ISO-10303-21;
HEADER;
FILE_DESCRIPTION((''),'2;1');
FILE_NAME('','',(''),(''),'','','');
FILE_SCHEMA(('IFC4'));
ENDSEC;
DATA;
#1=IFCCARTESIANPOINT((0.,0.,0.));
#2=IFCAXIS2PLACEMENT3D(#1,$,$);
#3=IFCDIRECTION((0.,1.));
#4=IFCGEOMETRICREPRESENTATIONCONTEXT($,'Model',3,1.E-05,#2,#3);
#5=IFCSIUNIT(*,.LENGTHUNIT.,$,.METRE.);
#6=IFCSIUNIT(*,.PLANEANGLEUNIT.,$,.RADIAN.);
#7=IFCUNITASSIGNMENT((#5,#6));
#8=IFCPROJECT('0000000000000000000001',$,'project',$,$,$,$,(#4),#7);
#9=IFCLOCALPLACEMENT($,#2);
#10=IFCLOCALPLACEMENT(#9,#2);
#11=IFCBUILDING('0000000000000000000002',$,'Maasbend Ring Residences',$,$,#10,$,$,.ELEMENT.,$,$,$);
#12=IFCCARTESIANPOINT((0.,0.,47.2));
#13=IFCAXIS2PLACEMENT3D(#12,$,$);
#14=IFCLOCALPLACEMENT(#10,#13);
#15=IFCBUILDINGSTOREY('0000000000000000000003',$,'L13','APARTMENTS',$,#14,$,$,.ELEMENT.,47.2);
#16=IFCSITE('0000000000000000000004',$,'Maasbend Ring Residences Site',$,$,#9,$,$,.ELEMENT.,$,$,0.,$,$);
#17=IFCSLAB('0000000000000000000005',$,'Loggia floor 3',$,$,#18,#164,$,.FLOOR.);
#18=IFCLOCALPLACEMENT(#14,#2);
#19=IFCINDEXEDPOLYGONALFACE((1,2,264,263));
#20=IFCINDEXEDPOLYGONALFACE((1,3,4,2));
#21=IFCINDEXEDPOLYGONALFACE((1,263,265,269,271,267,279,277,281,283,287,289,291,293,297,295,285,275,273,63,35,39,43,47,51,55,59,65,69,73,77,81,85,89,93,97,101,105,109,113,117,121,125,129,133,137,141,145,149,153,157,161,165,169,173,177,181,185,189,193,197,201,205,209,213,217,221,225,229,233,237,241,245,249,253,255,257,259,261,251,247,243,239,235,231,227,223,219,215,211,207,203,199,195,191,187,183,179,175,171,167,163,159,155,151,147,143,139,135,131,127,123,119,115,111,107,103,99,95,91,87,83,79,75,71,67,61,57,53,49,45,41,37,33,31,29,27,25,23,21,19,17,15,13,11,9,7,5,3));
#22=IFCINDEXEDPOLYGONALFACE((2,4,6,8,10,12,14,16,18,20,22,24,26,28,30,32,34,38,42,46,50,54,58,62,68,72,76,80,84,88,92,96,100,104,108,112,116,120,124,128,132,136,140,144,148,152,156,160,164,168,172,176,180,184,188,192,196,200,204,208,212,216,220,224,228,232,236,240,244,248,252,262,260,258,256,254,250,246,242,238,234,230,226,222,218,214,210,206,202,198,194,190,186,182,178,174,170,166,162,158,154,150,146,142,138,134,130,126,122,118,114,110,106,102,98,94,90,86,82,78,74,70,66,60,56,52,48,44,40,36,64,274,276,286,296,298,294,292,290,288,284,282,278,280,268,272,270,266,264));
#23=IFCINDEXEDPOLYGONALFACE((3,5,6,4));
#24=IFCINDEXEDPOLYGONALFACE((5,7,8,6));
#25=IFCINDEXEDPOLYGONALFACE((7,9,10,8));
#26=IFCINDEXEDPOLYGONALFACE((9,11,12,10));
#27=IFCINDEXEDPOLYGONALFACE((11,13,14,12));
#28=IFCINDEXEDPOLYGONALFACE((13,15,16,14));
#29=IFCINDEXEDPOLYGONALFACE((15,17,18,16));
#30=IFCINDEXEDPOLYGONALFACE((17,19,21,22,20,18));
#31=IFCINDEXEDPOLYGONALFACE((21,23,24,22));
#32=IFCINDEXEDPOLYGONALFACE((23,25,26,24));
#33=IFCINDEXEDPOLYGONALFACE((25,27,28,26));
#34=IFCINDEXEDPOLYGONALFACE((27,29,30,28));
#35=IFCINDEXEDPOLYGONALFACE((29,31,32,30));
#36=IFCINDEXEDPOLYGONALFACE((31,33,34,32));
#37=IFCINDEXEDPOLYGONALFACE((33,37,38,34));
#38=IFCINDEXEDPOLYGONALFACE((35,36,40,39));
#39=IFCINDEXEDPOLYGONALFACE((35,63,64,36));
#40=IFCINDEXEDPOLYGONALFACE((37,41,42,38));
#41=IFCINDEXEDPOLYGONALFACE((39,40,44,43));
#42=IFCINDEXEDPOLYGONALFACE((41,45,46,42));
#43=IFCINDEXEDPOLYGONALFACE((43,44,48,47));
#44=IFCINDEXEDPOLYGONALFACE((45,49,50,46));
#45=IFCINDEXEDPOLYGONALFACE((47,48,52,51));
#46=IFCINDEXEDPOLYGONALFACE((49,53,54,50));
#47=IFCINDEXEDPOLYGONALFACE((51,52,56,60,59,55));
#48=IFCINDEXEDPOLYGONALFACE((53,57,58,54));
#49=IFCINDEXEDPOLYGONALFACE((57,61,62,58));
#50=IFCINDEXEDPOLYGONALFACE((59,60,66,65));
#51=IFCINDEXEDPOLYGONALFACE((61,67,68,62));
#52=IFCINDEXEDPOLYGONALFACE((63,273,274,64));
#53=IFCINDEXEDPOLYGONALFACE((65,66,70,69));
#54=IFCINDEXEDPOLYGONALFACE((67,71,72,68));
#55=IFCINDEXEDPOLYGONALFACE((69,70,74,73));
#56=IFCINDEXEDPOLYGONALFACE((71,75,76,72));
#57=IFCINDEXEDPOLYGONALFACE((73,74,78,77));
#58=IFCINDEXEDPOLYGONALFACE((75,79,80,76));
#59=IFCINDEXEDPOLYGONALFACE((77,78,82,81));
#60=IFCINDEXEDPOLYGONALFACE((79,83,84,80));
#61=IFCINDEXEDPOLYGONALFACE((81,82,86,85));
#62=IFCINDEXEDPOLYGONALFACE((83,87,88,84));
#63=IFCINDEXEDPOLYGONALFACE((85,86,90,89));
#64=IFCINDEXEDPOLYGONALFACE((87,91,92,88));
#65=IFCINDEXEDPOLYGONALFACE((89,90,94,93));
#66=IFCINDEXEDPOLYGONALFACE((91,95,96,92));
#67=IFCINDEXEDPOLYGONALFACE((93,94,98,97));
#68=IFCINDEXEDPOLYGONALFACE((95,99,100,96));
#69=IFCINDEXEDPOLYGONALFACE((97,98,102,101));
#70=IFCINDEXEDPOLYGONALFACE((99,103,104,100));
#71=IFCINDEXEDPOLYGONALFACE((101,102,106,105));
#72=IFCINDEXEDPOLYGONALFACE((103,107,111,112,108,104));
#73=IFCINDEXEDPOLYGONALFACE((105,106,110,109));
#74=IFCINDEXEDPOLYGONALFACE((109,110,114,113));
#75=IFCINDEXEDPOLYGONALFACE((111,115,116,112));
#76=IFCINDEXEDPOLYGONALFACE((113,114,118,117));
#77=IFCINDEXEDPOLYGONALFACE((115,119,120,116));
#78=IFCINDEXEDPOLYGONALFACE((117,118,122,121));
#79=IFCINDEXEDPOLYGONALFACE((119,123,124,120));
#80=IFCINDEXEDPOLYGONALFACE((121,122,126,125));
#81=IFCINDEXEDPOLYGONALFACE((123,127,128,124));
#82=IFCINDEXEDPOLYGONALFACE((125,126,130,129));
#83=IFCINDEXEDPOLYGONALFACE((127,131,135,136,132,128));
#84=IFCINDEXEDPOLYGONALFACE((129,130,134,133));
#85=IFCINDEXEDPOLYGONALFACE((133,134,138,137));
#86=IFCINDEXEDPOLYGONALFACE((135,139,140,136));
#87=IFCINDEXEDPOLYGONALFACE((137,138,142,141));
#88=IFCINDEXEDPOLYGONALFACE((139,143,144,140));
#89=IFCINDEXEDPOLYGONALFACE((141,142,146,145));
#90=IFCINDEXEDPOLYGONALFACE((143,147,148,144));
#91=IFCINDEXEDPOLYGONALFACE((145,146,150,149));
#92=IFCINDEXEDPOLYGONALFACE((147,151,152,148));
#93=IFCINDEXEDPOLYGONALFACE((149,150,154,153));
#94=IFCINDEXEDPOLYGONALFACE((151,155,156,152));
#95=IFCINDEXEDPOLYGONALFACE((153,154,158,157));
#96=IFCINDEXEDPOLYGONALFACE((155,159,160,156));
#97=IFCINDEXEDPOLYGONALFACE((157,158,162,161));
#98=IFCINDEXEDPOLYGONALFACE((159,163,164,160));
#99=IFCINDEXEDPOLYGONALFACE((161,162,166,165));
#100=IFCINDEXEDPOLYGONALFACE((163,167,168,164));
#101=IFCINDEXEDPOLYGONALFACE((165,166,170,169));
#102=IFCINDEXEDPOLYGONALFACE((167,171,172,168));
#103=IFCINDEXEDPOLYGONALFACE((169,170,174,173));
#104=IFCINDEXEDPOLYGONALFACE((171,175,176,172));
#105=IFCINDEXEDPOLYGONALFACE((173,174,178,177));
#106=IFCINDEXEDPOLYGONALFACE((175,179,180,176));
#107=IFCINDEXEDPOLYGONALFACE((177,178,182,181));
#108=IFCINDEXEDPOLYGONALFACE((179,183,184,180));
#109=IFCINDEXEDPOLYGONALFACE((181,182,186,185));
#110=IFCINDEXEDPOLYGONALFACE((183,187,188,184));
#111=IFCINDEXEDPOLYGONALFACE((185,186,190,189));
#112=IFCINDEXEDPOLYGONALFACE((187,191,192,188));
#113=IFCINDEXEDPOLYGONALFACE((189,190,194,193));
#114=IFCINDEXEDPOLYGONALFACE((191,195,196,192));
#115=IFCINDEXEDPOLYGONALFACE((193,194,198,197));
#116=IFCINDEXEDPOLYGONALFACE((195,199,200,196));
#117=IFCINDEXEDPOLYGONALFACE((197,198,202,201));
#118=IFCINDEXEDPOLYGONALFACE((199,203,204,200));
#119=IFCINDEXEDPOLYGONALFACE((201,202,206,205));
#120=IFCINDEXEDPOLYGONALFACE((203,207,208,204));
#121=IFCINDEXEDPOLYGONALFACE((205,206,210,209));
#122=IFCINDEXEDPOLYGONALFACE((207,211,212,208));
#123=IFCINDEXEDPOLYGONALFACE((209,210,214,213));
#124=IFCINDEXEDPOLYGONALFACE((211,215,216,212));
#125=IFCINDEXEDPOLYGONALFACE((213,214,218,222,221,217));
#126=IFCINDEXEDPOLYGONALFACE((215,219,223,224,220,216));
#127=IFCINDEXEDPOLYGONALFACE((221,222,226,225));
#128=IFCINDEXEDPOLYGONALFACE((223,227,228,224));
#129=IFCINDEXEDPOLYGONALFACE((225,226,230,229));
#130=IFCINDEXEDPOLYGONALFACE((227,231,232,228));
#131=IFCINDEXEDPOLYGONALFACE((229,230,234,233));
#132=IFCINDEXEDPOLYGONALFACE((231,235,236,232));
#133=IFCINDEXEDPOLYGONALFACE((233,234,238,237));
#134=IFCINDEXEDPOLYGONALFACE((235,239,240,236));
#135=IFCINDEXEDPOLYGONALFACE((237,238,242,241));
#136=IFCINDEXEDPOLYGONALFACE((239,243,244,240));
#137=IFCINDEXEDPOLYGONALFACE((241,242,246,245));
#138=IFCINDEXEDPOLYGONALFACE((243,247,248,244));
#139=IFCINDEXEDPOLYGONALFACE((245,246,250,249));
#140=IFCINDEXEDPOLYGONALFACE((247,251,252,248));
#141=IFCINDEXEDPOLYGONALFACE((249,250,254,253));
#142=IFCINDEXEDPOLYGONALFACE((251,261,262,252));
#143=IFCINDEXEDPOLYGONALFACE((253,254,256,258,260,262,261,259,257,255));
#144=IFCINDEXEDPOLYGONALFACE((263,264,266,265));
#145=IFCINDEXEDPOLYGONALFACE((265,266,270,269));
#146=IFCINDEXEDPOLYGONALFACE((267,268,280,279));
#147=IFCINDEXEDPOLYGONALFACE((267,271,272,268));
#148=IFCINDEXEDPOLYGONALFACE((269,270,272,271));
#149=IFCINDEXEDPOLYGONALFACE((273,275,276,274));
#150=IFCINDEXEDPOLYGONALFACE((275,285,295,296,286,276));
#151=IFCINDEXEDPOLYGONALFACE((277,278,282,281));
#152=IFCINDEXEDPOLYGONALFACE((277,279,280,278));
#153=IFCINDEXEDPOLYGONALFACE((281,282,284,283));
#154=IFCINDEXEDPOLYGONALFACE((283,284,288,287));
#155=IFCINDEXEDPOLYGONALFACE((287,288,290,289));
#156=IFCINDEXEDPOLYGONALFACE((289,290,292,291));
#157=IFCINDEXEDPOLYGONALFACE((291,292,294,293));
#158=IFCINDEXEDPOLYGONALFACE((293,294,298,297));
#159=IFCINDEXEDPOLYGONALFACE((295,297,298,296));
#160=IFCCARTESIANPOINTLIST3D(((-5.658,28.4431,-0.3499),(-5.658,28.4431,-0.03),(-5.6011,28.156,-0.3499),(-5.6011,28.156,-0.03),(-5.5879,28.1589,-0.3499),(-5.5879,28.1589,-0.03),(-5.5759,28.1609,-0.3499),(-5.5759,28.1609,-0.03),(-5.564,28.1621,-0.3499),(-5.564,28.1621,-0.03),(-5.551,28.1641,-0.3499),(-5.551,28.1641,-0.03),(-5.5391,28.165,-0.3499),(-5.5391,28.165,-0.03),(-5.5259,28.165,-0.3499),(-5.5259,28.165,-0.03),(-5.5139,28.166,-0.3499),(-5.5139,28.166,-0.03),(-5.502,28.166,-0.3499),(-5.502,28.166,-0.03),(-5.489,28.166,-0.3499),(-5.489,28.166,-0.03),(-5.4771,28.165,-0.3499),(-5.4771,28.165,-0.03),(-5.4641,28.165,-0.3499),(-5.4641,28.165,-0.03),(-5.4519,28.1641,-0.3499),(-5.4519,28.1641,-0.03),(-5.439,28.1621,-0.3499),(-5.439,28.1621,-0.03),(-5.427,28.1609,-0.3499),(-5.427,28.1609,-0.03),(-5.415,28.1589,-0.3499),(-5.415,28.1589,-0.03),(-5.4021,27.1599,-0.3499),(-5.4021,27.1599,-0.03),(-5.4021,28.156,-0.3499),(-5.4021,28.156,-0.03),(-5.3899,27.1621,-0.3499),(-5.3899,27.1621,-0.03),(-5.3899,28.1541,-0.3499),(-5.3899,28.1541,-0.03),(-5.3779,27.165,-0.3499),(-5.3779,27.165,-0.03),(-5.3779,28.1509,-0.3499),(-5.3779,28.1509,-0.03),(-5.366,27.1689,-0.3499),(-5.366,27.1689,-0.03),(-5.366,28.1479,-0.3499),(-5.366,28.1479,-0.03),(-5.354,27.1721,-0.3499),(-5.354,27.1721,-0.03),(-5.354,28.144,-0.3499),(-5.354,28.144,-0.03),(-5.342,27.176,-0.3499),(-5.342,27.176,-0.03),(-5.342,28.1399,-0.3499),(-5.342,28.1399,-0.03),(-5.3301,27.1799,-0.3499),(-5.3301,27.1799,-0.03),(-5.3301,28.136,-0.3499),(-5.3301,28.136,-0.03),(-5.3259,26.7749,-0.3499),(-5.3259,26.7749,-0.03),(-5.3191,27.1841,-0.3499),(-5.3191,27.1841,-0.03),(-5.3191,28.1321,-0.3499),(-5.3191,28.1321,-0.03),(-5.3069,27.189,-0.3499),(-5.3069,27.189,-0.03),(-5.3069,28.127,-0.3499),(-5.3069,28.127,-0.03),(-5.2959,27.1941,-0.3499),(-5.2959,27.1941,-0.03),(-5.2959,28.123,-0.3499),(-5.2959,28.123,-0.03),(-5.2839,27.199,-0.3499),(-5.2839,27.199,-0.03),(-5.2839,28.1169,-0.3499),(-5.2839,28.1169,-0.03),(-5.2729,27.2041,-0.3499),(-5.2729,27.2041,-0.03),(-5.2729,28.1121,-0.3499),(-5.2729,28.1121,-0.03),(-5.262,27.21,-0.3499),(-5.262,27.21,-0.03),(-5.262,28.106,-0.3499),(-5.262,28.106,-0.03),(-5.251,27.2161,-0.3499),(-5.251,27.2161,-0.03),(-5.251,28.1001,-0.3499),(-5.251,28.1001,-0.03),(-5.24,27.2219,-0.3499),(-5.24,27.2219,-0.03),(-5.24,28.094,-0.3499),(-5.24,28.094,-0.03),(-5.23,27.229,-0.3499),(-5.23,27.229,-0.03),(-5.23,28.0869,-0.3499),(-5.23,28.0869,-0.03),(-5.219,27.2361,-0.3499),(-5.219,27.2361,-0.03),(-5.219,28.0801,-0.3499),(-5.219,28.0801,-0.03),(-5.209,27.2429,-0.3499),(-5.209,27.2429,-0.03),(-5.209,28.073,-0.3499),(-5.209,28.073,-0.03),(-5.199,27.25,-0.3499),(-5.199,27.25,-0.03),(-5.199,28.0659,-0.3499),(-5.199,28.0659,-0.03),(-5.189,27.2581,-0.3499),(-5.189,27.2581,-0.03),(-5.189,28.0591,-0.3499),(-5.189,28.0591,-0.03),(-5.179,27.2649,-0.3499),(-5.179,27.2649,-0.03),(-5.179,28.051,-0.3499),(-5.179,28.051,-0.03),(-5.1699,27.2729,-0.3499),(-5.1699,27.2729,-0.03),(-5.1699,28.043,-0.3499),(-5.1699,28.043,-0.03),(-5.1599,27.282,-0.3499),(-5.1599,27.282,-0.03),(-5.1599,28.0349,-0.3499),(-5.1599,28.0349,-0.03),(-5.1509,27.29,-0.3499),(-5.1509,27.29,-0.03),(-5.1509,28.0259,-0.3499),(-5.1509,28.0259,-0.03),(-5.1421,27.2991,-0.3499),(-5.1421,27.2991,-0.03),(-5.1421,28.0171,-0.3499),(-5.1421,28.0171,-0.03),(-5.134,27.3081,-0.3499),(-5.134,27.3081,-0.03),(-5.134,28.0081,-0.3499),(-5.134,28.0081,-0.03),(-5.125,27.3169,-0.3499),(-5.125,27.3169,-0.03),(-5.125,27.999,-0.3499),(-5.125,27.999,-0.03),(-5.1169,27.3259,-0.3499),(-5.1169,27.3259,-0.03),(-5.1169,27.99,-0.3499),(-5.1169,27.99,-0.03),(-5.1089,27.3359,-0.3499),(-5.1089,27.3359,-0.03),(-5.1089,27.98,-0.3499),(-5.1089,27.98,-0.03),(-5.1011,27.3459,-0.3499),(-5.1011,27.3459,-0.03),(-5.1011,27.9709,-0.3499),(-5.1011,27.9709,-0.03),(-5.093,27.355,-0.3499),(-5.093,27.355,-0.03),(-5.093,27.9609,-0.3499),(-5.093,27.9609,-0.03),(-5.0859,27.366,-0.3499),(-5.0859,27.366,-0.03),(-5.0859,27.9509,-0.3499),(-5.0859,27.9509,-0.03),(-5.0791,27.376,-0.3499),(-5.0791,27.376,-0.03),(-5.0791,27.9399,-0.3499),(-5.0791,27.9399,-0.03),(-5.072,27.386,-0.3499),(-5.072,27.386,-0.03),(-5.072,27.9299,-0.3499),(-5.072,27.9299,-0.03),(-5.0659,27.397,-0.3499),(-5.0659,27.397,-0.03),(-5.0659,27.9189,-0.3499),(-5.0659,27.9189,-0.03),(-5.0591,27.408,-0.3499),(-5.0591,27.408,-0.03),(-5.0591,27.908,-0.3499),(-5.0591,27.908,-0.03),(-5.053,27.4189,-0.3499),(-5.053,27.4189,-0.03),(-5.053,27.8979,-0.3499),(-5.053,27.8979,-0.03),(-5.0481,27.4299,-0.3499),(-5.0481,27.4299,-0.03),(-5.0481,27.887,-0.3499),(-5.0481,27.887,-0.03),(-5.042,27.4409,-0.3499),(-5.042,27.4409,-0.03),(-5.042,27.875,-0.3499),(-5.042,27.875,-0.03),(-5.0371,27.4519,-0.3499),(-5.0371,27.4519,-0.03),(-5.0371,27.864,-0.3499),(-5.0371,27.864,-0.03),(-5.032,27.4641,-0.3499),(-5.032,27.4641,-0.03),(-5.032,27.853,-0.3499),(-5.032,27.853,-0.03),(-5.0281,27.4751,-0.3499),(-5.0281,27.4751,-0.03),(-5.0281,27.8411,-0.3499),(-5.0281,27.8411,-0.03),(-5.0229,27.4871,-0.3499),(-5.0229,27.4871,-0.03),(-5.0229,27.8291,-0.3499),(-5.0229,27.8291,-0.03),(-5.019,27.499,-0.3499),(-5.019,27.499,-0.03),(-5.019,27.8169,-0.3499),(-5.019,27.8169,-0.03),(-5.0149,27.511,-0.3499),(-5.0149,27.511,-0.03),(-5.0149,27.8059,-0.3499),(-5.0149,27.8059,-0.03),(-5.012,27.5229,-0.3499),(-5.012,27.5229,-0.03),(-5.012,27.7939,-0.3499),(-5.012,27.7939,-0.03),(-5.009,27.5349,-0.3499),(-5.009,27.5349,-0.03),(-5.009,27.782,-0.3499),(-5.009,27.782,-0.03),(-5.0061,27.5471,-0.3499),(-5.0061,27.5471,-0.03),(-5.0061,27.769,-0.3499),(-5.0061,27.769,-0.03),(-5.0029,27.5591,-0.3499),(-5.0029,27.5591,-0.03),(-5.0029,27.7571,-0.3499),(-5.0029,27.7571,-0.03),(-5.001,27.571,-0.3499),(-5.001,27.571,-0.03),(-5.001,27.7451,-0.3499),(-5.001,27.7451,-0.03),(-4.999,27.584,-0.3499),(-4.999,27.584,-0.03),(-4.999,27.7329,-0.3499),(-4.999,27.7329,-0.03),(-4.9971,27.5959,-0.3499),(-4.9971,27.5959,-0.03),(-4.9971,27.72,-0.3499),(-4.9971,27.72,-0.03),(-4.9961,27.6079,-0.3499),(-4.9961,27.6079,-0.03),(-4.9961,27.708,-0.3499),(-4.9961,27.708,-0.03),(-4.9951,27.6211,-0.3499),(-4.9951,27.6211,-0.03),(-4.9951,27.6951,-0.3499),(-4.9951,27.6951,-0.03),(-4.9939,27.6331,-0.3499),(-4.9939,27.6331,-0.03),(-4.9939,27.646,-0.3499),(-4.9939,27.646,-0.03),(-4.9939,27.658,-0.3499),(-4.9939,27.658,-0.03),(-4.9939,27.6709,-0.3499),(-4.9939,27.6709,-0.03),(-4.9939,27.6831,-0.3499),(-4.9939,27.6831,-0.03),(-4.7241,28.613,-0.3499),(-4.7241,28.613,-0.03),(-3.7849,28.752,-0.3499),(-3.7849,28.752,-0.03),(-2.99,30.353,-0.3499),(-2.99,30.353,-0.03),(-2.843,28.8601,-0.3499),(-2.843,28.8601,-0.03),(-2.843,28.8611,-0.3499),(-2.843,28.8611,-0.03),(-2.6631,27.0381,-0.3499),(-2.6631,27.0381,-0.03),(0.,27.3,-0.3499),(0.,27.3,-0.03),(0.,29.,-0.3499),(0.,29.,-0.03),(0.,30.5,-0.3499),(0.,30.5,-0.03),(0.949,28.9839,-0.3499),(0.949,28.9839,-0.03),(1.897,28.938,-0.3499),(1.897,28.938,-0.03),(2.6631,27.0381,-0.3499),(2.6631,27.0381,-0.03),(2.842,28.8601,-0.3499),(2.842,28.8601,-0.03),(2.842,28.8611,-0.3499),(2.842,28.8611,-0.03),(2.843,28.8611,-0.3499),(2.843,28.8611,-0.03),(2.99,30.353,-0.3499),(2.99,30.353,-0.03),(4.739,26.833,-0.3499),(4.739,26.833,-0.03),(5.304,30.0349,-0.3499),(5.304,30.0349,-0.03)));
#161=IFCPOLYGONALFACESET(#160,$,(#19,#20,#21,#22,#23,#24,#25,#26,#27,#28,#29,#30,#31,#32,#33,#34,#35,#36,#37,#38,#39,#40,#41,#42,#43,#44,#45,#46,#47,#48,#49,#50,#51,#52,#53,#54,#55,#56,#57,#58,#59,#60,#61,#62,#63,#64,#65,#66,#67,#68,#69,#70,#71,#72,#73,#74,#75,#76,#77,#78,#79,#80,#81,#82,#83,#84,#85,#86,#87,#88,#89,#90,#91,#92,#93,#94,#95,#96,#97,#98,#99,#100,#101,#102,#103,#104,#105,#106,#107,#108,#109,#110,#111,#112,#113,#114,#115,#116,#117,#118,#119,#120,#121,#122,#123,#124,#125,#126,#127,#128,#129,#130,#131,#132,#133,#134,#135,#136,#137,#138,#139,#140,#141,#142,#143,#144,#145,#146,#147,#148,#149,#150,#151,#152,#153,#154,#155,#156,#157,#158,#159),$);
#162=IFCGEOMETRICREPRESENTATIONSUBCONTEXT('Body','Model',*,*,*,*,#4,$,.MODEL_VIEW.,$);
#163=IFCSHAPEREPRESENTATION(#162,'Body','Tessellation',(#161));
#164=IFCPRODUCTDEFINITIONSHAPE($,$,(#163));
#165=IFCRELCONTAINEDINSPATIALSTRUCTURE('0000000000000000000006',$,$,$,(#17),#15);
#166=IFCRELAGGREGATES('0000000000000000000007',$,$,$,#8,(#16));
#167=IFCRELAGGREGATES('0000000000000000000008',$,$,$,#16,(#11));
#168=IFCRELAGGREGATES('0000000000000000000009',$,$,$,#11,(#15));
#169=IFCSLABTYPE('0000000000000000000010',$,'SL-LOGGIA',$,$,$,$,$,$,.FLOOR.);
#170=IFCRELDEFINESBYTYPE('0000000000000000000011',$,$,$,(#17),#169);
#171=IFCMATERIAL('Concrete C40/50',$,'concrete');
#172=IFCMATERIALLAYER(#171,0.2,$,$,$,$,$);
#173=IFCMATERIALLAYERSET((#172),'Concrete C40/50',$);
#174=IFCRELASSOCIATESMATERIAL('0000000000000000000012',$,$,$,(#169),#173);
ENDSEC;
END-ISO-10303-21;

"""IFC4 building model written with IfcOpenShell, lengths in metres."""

from ifc_helpers import new_model, si_unit, direction, frame, origin, place, context, subcontext, project, spatial, polyline, outline, extrude, material, layer, layer_set, type_object, element, save


model = new_model("IFC4")

# Units and contexts
model_context = context("Model", 3, precision=1e-05, world=origin(), true_north=direction((0.0, 1.0)))
body_context = subcontext(model_context, "Body", "Model", "MODEL_VIEW")
ifc_project = project(units=[si_unit("LENGTHUNIT", "METRE"), si_unit("PLANEANGLEUNIT", "RADIAN")], contexts=[model_context])

# Site, building, storey
site_placement = place(None, origin())
site = spatial("IfcSite", under=ifc_project, at=site_placement, Name="Maasbend Ring Residences Site", CompositionType="ELEMENT", RefElevation=0.0)
building_placement = place(site_placement, origin())
building = spatial("IfcBuilding", under=site, at=building_placement, Name="Maasbend Ring Residences", CompositionType="ELEMENT")
storey_placement = place(building_placement, frame((0.0, 0.0, 47.2)))
storey = spatial("IfcBuildingStorey", under=building, at=storey_placement, Name="L13", Description="APARTMENTS", CompositionType="ELEMENT", Elevation=47.2)

# Slab
ifc_material_1 = material(Name="Concrete C40/50", Category="concrete")
ifc_layer_1 = layer(ifc_material_1, 0.2)
ifc_layer_set_1 = layer_set([ifc_layer_1], Name="Concrete C40/50")
slab_type_1 = type_object("IfcSlabType", Name="SL-LOGGIA", PredefinedType="FLOOR", material=ifc_layer_set_1)
slab_1_placement = place(storey_placement, frame((0.0, 0.0, -0.3499)))
element("IfcSlab", 1, at=slab_1_placement, inside=storey, type_object=slab_type_1, Name="Loggia floor 3", PredefinedType="FLOOR", context=body_context, shape_type="SweptSolid", body=[
    extrude(outline(polyline([(-3.7849, 28.752), (-2.843, 28.8601), (-2.843, 28.8601), (-2.843, 28.8601), (-2.843, 28.8601), (-2.843, 28.8601), (-2.843, 28.8601), (-2.843, 28.8601), (-2.843, 28.8601), (-2.843, 28.8601), (-2.843, 28.8611), (-2.843, 28.8611), (-2.843, 28.8611), (-2.843, 28.8611), (-2.843, 28.8611), (-2.843, 28.8611), (-2.843, 28.8611), (-2.843, 28.8611), (-2.99, 30.353), (-2.99, 30.353), (-2.99, 30.353), (0.0, 30.5), (0.0, 30.5), (0.0, 30.5), (0.0, 29.0), (0.0, 29.0), (0.0, 29.0), (0.0, 29.0), (0.0, 29.0), (0.0, 29.0), (0.0, 29.0), (0.0, 29.0), (0.0, 29.0), (0.0, 29.0), (0.0, 29.0), (0.0, 29.0), (0.0, 29.0), (0.0, 29.0), (0.0, 29.0), (0.0, 29.0), (0.0, 29.0), (0.949, 28.9839), (0.949, 28.9839), (1.897, 28.938), (1.897, 28.938), (2.842, 28.8601), (2.842, 28.8601), (2.842, 28.8601), (2.842, 28.8601), (2.842, 28.8601), (2.842, 28.8601), (2.842, 28.8601), (2.842, 28.8601), (2.842, 28.8611), (2.842, 28.8611), (2.842, 28.8611), (2.842, 28.8611), (2.842, 28.8611), (2.843, 28.8611), (2.843, 28.8611), (2.843, 28.8611), (2.843, 28.8611), (2.99, 30.353), (2.99, 30.353), (2.99, 30.353), (5.304, 30.0349), (5.304, 30.0349), (5.304, 30.0349), (4.739, 26.833), (4.739, 26.833), (4.739, 26.833), (2.6631, 27.0381), (0.0, 27.3), (0.0, 27.3), (0.0, 27.3), (-2.6631, 27.0381), (-5.3259, 26.7749), (-5.3259, 26.7749), (-5.3259, 26.7749), (-5.4021, 27.1599), (-5.4021, 27.1599), (-5.3899, 27.1621), (-5.3779, 27.165), (-5.366, 27.1689), (-5.354, 27.1721), (-5.342, 27.176), (-5.3301, 27.1799), (-5.3191, 27.1841), (-5.3069, 27.189), (-5.2959, 27.1941), (-5.2839, 27.199), (-5.2729, 27.2041), (-5.262, 27.21), (-5.251, 27.2161), (-5.24, 27.2219), (-5.23, 27.229), (-5.219, 27.2361), (-5.209, 27.2429), (-5.199, 27.25), (-5.189, 27.2581), (-5.179, 27.2649), (-5.1699, 27.2729), (-5.1599, 27.282), (-5.1509, 27.29), (-5.1421, 27.2991), (-5.134, 27.3081), (-5.125, 27.3169), (-5.1169, 27.3259), (-5.1089, 27.3359), (-5.1011, 27.3459), (-5.093, 27.355), (-5.0859, 27.366), (-5.0791, 27.376), (-5.072, 27.386), (-5.0659, 27.397), (-5.0591, 27.408), (-5.053, 27.4189), (-5.0481, 27.4299), (-5.042, 27.4409), (-5.0371, 27.4519), (-5.032, 27.4641), (-5.0281, 27.4751), (-5.0229, 27.4871), (-5.019, 27.499), (-5.0149, 27.511), (-5.012, 27.5229), (-5.009, 27.5349), (-5.0061, 27.5471), (-5.0029, 27.5591), (-5.001, 27.571), (-4.999, 27.584), (-4.9971, 27.5959), (-4.9961, 27.6079), (-4.9951, 27.6211), (-4.9939, 27.6331), (-4.9939, 27.646), (-4.9939, 27.658), (-4.9939, 27.6709), (-4.9939, 27.6831), (-4.9951, 27.6951), (-4.9961, 27.708), (-4.9971, 27.72), (-4.999, 27.7329), (-5.001, 27.7451), (-5.0029, 27.7571), (-5.0061, 27.769), (-5.009, 27.782), (-5.012, 27.7939), (-5.0149, 27.8059), (-5.019, 27.8169), (-5.0229, 27.8291), (-5.0281, 27.8411), (-5.032, 27.853), (-5.0371, 27.864), (-5.042, 27.875), (-5.0481, 27.887), (-5.053, 27.8979), (-5.0591, 27.908), (-5.0659, 27.9189), (-5.072, 27.9299), (-5.0791, 27.9399), (-5.0859, 27.9509), (-5.093, 27.9609), (-5.1011, 27.9709), (-5.1089, 27.98), (-5.1169, 27.99), (-5.125, 27.999), (-5.134, 28.0081), (-5.1421, 28.0171), (-5.1509, 28.0259), (-5.1599, 28.0349), (-5.1699, 28.043), (-5.179, 28.051), (-5.189, 28.0591), (-5.199, 28.0659), (-5.209, 28.073), (-5.219, 28.0801), (-5.23, 28.0869), (-5.24, 28.094), (-5.251, 28.1001), (-5.262, 28.106), (-5.2729, 28.1121), (-5.2839, 28.1169), (-5.2959, 28.123), (-5.3069, 28.127), (-5.3191, 28.1321), (-5.3301, 28.136), (-5.342, 28.1399), (-5.354, 28.144), (-5.366, 28.1479), (-5.3779, 28.1509), (-5.3899, 28.1541), (-5.4021, 28.156), (-5.415, 28.1589), (-5.427, 28.1609), (-5.439, 28.1621), (-5.4519, 28.1641), (-5.4641, 28.165), (-5.4771, 28.165), (-5.489, 28.166), (-5.502, 28.166), (-5.5139, 28.166), (-5.5259, 28.165), (-5.5391, 28.165), (-5.551, 28.1641), (-5.564, 28.1621), (-5.5759, 28.1609), (-5.5879, 28.1589), (-5.6011, 28.156), (-5.6011, 28.156), (-5.658, 28.4431), (-5.658, 28.4431), (-5.658, 28.4431), (-4.7241, 28.613), (-4.7241, 28.613), (-3.7849, 28.752), (-3.7849, 28.752)])), origin(), (0.0, 0.0, 1.0), 0.3198),
])

save(model, "model.ifc")
